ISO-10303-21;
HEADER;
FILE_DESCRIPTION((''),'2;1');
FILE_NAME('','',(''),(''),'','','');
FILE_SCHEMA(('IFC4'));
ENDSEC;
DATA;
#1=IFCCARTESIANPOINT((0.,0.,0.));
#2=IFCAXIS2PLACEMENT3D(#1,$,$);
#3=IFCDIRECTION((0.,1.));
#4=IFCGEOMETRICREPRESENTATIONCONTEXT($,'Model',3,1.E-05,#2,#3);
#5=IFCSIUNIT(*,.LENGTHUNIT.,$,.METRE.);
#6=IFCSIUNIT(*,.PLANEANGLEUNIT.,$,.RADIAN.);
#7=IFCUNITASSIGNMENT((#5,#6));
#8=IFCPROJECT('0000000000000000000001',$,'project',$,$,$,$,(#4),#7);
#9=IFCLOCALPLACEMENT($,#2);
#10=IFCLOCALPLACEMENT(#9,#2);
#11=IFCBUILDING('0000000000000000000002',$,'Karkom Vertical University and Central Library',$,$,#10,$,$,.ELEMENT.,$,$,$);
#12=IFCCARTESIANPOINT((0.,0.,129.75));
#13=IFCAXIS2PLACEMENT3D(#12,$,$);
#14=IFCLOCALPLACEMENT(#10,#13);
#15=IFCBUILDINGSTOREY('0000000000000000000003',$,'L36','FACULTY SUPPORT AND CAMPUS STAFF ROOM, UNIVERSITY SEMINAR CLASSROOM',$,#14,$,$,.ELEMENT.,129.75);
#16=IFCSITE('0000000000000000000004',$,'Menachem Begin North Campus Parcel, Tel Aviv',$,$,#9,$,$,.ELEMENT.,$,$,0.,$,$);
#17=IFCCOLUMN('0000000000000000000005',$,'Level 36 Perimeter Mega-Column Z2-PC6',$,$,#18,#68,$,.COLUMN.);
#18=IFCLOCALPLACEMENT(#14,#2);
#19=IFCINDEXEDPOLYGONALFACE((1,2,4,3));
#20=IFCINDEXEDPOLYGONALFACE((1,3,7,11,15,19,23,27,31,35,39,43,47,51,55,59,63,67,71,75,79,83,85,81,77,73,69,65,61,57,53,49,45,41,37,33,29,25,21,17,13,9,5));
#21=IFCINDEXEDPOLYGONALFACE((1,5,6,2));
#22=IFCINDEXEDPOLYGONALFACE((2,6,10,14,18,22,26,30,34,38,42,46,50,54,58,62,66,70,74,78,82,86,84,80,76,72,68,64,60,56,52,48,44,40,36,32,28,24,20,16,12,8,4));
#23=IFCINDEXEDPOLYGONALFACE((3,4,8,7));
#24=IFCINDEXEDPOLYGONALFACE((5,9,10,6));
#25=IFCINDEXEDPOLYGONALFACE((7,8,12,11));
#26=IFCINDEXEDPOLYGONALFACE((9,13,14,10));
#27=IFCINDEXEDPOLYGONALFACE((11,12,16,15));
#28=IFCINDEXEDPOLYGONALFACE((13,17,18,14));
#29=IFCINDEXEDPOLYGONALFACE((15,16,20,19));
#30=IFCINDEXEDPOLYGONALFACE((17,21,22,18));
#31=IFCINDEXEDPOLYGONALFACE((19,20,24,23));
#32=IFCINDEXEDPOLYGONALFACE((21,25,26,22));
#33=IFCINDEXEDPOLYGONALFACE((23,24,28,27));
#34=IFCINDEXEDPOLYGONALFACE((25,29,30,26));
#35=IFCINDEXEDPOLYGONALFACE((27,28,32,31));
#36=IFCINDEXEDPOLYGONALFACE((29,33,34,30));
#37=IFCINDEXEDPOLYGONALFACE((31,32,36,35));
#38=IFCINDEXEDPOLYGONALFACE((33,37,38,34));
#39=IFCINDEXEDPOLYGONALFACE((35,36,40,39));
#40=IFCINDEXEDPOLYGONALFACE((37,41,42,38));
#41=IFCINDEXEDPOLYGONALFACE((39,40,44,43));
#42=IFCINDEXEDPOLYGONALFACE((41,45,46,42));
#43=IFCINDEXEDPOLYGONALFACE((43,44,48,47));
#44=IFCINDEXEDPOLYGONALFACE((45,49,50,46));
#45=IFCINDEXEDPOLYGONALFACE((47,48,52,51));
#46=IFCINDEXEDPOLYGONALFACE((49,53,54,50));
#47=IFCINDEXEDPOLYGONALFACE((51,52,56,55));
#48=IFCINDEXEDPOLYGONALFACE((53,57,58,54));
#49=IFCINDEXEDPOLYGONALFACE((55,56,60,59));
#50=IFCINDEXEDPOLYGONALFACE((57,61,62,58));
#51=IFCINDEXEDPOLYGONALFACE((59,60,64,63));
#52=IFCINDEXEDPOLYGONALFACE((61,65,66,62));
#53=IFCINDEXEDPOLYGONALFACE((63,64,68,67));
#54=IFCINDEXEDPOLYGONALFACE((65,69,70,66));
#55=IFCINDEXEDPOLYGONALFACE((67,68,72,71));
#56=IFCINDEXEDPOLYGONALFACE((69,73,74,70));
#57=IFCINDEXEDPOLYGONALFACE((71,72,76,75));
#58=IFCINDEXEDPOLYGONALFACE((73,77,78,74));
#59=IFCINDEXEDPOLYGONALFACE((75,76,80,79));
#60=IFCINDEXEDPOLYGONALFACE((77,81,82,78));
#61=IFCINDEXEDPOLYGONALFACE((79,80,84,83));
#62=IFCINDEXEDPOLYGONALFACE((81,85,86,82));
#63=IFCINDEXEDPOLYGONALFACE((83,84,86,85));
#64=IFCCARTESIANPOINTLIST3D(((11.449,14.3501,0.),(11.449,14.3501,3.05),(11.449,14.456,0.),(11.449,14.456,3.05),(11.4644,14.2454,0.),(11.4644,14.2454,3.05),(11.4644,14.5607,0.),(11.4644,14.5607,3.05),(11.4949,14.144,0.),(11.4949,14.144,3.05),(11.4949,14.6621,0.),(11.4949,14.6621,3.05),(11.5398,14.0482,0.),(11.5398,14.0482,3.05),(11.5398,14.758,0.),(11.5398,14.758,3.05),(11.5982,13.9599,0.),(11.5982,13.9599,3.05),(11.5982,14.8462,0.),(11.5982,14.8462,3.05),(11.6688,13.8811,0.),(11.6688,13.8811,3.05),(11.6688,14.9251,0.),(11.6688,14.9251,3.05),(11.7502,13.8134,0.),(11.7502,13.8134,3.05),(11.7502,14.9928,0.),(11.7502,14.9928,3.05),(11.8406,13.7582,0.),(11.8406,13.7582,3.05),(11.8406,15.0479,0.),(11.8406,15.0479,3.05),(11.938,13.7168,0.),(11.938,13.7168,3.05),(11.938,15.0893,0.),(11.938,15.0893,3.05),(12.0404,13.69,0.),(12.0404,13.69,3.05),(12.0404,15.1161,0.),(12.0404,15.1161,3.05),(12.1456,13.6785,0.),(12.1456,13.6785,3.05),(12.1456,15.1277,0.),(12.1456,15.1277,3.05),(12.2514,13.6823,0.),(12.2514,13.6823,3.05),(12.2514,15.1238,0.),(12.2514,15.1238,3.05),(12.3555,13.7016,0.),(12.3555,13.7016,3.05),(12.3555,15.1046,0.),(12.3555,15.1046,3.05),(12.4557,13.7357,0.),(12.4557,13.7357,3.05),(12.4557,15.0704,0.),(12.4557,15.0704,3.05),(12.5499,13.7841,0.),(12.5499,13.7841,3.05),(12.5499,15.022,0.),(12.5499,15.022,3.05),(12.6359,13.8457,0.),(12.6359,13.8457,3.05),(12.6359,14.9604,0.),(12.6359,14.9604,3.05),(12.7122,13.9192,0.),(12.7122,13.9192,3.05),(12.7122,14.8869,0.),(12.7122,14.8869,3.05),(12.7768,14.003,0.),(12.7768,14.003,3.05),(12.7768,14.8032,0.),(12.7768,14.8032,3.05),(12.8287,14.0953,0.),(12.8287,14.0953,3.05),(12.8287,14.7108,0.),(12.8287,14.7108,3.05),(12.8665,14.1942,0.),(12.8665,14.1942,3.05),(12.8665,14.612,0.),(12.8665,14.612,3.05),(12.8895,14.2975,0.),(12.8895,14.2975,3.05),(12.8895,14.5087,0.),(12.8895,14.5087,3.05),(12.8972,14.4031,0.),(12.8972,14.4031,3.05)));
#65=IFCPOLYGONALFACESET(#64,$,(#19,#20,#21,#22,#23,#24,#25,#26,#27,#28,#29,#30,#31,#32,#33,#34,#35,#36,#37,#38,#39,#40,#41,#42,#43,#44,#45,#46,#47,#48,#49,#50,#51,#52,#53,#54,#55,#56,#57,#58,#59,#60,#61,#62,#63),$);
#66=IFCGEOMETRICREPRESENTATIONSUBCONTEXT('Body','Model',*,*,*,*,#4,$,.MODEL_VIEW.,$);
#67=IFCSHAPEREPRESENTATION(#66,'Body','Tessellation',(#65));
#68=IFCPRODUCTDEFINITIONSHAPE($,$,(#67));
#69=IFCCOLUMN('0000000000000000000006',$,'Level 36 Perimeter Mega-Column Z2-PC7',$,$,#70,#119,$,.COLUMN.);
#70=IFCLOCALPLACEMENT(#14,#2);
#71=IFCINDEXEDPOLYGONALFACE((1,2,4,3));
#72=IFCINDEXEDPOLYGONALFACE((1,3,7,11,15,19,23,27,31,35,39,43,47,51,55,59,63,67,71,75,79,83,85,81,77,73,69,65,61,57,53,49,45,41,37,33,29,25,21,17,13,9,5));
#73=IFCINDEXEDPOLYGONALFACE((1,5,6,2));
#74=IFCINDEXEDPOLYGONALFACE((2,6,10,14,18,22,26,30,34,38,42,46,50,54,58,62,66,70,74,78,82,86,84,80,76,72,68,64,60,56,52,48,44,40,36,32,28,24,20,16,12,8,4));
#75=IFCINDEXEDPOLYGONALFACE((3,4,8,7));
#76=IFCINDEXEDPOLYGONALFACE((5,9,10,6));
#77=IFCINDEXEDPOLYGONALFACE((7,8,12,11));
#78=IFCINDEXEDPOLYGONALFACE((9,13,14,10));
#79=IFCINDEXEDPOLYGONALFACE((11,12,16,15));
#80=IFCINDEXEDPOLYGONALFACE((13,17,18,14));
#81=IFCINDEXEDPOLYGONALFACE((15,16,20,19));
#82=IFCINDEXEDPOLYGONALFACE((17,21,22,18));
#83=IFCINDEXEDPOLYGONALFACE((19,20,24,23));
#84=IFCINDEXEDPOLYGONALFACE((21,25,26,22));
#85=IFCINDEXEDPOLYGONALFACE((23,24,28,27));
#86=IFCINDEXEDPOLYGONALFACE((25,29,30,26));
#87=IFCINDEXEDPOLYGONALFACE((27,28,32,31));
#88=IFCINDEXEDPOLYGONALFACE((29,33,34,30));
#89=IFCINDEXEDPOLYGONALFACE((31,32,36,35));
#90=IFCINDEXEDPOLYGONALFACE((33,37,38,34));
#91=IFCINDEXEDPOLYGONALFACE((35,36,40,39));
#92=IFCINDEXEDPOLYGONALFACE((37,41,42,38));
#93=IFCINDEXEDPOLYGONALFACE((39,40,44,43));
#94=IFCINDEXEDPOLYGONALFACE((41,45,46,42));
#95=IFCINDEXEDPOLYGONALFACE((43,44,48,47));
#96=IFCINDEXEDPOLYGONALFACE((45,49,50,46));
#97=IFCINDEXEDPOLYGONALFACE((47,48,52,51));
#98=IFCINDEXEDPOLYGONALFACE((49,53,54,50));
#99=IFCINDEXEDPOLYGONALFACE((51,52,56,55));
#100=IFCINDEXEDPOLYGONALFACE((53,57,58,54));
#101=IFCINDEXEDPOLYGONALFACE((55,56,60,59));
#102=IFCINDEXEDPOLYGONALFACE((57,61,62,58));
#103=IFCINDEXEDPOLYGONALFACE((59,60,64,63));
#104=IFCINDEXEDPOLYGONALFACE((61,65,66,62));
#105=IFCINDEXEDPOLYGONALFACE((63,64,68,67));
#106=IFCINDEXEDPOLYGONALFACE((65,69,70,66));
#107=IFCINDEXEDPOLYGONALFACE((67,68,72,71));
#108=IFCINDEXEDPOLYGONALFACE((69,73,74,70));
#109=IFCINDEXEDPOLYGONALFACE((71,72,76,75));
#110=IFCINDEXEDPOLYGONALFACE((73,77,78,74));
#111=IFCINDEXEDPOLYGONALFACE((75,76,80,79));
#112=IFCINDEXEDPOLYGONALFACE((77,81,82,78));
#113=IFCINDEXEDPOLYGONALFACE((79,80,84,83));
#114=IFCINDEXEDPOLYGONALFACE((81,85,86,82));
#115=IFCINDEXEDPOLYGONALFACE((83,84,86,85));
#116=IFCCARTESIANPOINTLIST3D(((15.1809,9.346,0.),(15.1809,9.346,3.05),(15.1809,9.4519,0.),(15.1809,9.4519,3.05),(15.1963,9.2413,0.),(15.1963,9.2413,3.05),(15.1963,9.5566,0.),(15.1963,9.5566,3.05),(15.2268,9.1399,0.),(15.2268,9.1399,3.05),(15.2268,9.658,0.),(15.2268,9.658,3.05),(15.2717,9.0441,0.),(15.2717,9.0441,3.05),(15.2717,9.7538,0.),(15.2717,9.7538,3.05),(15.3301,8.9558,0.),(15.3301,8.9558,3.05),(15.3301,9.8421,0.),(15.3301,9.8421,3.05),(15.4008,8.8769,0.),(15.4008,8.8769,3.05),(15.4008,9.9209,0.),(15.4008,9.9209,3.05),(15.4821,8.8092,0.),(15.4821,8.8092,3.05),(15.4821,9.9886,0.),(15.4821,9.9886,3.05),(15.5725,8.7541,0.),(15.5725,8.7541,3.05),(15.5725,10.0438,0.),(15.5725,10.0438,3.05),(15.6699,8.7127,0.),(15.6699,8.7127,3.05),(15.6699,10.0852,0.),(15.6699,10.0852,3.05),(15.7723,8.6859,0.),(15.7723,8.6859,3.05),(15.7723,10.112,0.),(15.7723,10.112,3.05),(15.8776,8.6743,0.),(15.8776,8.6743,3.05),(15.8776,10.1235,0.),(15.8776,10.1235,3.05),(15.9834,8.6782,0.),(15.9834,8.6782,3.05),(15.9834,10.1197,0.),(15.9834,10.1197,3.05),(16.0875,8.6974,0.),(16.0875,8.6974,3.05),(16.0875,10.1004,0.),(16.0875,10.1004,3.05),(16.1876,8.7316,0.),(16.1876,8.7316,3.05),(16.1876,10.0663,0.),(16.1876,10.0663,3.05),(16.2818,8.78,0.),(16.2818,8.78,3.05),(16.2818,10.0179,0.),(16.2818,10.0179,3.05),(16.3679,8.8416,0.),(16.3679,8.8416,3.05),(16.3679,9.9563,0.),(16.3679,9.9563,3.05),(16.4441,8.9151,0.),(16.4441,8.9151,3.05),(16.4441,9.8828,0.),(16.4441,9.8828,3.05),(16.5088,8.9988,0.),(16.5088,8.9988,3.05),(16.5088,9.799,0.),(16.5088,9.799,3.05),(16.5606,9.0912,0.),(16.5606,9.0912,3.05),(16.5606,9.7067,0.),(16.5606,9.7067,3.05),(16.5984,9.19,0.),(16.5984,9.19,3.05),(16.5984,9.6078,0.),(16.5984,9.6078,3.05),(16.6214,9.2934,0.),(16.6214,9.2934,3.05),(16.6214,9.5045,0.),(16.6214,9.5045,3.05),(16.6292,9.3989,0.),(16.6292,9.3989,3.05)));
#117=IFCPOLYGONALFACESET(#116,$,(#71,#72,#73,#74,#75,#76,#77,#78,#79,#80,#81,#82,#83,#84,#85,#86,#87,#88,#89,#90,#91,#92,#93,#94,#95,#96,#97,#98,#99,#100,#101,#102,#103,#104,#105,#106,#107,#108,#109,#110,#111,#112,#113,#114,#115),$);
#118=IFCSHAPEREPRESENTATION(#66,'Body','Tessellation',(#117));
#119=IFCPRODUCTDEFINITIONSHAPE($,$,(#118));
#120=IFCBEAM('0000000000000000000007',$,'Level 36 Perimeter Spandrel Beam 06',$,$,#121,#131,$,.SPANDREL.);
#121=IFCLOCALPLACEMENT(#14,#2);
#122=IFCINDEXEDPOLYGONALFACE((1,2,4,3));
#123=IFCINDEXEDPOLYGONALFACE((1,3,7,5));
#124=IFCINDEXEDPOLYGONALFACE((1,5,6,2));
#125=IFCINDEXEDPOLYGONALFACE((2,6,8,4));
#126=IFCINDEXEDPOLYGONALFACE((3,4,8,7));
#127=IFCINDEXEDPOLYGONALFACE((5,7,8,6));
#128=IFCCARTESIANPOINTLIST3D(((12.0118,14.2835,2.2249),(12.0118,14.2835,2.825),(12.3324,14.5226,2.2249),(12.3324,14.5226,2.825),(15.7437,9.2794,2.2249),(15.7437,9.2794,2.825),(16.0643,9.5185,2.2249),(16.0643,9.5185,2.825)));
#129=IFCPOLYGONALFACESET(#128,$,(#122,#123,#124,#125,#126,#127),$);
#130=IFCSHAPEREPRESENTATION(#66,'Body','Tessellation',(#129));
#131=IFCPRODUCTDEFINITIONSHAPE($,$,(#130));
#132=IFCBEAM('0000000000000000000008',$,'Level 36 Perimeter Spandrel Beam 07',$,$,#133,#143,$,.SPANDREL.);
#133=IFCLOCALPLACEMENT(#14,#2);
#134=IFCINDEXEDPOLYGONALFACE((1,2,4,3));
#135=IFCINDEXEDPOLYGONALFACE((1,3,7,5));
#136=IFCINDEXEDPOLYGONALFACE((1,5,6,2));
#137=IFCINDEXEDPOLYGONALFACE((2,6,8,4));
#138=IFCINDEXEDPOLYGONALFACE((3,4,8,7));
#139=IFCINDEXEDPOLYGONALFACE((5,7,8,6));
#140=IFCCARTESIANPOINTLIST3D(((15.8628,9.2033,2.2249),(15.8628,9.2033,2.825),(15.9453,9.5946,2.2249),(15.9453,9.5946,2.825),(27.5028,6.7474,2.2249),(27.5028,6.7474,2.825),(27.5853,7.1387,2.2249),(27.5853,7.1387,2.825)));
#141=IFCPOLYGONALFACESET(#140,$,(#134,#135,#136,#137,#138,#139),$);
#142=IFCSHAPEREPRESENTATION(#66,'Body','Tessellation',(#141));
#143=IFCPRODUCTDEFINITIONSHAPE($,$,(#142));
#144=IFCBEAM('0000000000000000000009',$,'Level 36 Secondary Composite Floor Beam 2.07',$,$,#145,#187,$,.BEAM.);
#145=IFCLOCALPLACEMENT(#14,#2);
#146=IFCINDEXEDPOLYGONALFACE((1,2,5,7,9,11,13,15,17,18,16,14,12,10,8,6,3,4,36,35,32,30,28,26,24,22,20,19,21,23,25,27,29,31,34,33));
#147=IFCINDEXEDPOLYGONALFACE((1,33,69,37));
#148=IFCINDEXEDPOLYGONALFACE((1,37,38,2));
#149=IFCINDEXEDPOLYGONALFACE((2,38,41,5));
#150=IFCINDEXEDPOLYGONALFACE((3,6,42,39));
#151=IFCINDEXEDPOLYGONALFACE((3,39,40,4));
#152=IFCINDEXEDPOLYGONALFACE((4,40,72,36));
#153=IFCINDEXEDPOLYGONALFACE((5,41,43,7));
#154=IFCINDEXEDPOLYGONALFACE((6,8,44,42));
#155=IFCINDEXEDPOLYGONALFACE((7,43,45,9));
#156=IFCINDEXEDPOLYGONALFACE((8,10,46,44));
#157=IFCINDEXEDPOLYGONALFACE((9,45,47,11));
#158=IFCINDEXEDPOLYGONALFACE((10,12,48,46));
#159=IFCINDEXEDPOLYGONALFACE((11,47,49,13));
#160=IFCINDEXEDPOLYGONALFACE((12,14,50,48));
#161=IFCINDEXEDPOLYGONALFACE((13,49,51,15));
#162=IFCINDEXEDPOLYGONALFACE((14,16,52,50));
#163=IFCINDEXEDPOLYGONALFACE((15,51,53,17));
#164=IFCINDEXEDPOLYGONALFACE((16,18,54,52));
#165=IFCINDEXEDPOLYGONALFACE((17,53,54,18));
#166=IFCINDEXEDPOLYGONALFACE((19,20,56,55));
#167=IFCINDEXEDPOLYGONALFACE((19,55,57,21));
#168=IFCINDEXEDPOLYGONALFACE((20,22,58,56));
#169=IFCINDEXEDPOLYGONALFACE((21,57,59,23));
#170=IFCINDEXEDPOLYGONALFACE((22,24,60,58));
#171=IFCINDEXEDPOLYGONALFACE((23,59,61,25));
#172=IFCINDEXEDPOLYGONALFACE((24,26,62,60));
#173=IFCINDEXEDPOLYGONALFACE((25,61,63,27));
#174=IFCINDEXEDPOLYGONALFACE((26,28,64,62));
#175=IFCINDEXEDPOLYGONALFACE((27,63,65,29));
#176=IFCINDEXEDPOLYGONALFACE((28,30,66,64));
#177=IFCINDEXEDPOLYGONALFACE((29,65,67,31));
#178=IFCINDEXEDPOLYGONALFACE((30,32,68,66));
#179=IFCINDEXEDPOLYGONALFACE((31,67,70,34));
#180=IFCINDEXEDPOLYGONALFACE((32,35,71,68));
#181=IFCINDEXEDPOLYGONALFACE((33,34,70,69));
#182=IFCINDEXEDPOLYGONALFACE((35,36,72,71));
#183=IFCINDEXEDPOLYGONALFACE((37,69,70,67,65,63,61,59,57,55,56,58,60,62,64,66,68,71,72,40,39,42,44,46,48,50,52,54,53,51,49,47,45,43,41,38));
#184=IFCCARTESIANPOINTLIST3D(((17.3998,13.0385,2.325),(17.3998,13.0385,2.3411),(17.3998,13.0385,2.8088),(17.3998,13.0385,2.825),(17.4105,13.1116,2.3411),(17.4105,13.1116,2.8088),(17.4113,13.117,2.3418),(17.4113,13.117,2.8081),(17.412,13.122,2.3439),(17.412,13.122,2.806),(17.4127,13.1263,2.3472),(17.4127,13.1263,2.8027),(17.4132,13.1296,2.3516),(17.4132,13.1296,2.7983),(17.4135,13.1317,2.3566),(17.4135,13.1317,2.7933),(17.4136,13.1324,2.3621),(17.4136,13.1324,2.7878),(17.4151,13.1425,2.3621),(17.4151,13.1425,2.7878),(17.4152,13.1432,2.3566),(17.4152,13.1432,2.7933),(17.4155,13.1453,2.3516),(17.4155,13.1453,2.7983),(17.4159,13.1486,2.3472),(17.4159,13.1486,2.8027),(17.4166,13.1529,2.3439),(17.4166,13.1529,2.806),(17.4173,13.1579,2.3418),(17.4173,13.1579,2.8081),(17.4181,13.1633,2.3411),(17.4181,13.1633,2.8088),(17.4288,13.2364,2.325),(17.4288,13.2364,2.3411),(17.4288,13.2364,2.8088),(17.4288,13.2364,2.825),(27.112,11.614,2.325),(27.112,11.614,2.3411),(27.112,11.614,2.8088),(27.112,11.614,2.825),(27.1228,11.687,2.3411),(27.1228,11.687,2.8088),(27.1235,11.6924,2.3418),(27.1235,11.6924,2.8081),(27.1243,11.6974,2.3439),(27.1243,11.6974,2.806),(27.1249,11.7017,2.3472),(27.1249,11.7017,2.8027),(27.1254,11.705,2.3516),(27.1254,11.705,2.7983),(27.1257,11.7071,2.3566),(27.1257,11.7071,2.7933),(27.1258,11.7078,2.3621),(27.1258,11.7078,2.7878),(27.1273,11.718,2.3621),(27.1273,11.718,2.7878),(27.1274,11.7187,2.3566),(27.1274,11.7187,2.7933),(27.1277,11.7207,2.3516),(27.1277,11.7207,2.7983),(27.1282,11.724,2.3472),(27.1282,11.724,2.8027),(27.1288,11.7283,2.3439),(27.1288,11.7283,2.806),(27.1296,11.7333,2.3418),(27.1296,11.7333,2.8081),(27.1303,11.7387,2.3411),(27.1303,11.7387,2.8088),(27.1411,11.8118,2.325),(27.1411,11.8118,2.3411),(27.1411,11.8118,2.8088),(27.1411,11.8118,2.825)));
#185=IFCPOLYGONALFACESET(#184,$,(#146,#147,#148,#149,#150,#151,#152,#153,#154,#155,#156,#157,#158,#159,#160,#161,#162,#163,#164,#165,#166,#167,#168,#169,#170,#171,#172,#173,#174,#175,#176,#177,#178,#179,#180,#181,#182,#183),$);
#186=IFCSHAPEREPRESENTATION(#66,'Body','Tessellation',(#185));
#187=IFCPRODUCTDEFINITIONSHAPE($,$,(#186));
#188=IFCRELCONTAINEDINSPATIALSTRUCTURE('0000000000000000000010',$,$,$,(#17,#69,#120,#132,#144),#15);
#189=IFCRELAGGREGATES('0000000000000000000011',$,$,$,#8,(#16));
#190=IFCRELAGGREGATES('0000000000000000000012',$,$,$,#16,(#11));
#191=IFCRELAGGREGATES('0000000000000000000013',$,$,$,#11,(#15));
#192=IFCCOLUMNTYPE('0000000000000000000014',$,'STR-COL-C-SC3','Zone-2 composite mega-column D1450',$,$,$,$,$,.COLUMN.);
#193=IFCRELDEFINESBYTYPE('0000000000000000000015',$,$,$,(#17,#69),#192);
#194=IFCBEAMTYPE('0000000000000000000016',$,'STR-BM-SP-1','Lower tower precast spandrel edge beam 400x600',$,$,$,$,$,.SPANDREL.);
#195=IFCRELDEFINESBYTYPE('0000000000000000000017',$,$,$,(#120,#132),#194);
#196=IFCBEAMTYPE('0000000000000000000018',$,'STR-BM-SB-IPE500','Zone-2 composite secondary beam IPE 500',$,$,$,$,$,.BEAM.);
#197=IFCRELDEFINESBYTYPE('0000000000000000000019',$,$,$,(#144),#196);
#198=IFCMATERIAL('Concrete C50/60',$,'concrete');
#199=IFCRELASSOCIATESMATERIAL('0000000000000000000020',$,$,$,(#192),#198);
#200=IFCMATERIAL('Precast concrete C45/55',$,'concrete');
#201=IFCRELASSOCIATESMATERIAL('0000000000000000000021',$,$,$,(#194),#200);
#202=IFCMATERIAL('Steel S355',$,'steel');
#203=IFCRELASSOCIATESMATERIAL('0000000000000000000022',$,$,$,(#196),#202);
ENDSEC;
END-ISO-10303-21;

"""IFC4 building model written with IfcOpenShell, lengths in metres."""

from ifc_helpers import new_model, si_unit, direction, frame, origin, origin_with_axes, origin_2d, place, context, subcontext, project, spatial, rectangle, circle, i_section, extrude, source, transform, mapped, material, material_profile, profile_set, type_object, element, save


model = new_model("IFC4")

# Units and contexts
model_context = context("Model", 3, precision=1e-05, world=origin(), true_north=direction((0.0, 1.0)))
body_context = subcontext(model_context, "Body", "Model", "MODEL_VIEW")
ifc_project = project(units=[si_unit("LENGTHUNIT", "METRE"), si_unit("PLANEANGLEUNIT", "RADIAN")], contexts=[model_context])

# Site, building, storey
site_placement = place(None, origin())
site = spatial("IfcSite", under=ifc_project, at=site_placement, Name="Menachem Begin North Campus Parcel, Tel Aviv", CompositionType="ELEMENT", RefElevation=0.0)
building_placement = place(site_placement, origin())
building = spatial("IfcBuilding", under=site, at=building_placement, Name="Karkom Vertical University and Central Library", CompositionType="ELEMENT")
storey_placement = place(building_placement, frame((0.0, 0.0, 129.75)))
storey = spatial("IfcBuildingStorey", under=building, at=storey_placement, Name="L36", Description="FACULTY SUPPORT AND CAMPUS STAFF ROOM, UNIVERSITY SEMINAR CLASSROOM", CompositionType="ELEMENT", Elevation=129.75)

# Columns
ifc_material_1 = material(Name="Concrete C50/60", Category="concrete")
ifc_material_profile_1 = material_profile(ifc_material_1, circle(Radius=0.7251, at=origin_2d()), Name="CFT-D1450")
ifc_profile_set_1 = profile_set([ifc_material_profile_1], Name="Concrete C50/60")
column_type = type_object("IfcColumnType", Name="STR-COL-C-SC3", Description="Zone-2 composite mega-column D1450", PredefinedType="COLUMN", material=ifc_profile_set_1)
shared_shape_1 = source(origin_with_axes(), body_context, "Body", "SweptSolid", [
    extrude(circle(Radius=0.7251, at=origin_2d()), origin(), (0.0, 0.0, 1.0), 3.05),
])
for number, where, z_axis, x_axis, name in (
    (1, (12.1721, 14.4031, 0.0), (0.0, 0.0, 1.0), (1.0, 0.0, 0.0), "Level 36 Perimeter Mega-Column Z2-PC6"),
    (2, (15.9041, 9.3989, 0.0), (0.0, 0.0, 1.0), (1.0, 0.0, 0.0), "Level 36 Perimeter Mega-Column Z2-PC7"),
):
    element("IfcColumn", number, at=place(storey_placement, frame(where, z_axis=z_axis, x_axis=x_axis)), inside=storey, type_object=column_type, Name=name, PredefinedType="COLUMN", context=body_context, shape_type="MappedRepresentation", body=[
        mapped(shared_shape_1, transform((0.0, 0.0, 0.0), scale=1.0)),
    ])

# Beams
ifc_material_2 = material(Name="Precast concrete C45/55", Category="concrete")
ifc_material_profile_2 = material_profile(ifc_material_2, rectangle(XDim=0.3999, YDim=0.6001, at=origin_2d()), Name="SPB-400x600")
ifc_profile_set_2 = profile_set([ifc_material_profile_2], Name="Precast concrete C45/55")
beam_type_1 = type_object("IfcBeamType", Name="STR-BM-SP-1", Description="Lower tower precast spandrel edge beam 400x600", PredefinedType="SPANDREL", material=ifc_profile_set_2)
shared_shape_2 = source(origin_with_axes(), body_context, "Body", "SweptSolid", [
    extrude(rectangle(XDim=0.3999, YDim=0.6001, at=origin_2d()), origin(), (0.0, 0.0, 1.0), 6.2424),
])
beam_1_placement = place(storey_placement, frame((12.1721, 14.4031, 2.5249), z_axis=(0.597826, -0.801626, 0.0), x_axis=(0.801626, 0.597826, 0.0)))
element("IfcBeam", 3, at=beam_1_placement, inside=storey, type_object=beam_type_1, Name="Level 36 Perimeter Spandrel Beam 06", PredefinedType="SPANDREL", context=body_context, shape_type="MappedRepresentation", body=[
    mapped(shared_shape_2, transform((0.0, 0.0, 0.0), scale=1.0)),
])
shared_shape_3 = source(origin_with_axes(), body_context, "Body", "SweptSolid", [
    extrude(rectangle(XDim=0.3999, YDim=0.6001, at=origin_2d()), origin(), (0.0, 0.0, 1.0), 11.8962),
])
beam_2_placement = place(storey_placement, frame((15.9041, 9.3989, 2.5249), z_axis=(0.97846, -0.206438, 0.0), x_axis=(0.206438, 0.97846, 0.0)))
element("IfcBeam", 4, at=beam_2_placement, inside=storey, type_object=beam_type_1, Name="Level 36 Perimeter Spandrel Beam 07", PredefinedType="SPANDREL", context=body_context, shape_type="MappedRepresentation", body=[
    mapped(shared_shape_3, transform((0.0, 0.0, 0.0), scale=1.0)),
])
ifc_material_3 = material(Name="Steel S355", Category="steel")
ifc_material_profile_3 = material_profile(ifc_material_3, i_section(OverallWidth=0.2, OverallDepth=0.5, WebThickness=0.0103, FlangeThickness=0.0161, FilletRadius=0.021, at=origin_2d()), Name="IPE 500")
ifc_profile_set_3 = profile_set([ifc_material_profile_3], Name="Steel S355")
beam_type_2 = type_object("IfcBeamType", Name="STR-BM-SB-IPE500", Description="Zone-2 composite secondary beam IPE 500", PredefinedType="BEAM", material=ifc_profile_set_3)
shared_shape_4 = source(origin_with_axes(), body_context, "Body", "SweptSolid", [
    extrude(i_section(OverallWidth=0.2, OverallDepth=0.5, WebThickness=0.0103, FlangeThickness=0.0161, FilletRadius=0.021, at=origin_2d()), origin(), (0.0, 0.0, 1.0), 9.8162),
])
beam_3_placement = place(storey_placement, frame((17.4143, 13.1375, 2.575), z_axis=(0.989413, -0.145125, 0.0), x_axis=(0.145125, 0.989413, 0.0)))
element("IfcBeam", 5, at=beam_3_placement, inside=storey, type_object=beam_type_2, Name="Level 36 Secondary Composite Floor Beam 2.07", PredefinedType="BEAM", context=body_context, shape_type="MappedRepresentation", body=[
    mapped(shared_shape_4, transform((0.0, 0.0, 0.0), scale=1.0)),
])

save(model, "model.ifc")
